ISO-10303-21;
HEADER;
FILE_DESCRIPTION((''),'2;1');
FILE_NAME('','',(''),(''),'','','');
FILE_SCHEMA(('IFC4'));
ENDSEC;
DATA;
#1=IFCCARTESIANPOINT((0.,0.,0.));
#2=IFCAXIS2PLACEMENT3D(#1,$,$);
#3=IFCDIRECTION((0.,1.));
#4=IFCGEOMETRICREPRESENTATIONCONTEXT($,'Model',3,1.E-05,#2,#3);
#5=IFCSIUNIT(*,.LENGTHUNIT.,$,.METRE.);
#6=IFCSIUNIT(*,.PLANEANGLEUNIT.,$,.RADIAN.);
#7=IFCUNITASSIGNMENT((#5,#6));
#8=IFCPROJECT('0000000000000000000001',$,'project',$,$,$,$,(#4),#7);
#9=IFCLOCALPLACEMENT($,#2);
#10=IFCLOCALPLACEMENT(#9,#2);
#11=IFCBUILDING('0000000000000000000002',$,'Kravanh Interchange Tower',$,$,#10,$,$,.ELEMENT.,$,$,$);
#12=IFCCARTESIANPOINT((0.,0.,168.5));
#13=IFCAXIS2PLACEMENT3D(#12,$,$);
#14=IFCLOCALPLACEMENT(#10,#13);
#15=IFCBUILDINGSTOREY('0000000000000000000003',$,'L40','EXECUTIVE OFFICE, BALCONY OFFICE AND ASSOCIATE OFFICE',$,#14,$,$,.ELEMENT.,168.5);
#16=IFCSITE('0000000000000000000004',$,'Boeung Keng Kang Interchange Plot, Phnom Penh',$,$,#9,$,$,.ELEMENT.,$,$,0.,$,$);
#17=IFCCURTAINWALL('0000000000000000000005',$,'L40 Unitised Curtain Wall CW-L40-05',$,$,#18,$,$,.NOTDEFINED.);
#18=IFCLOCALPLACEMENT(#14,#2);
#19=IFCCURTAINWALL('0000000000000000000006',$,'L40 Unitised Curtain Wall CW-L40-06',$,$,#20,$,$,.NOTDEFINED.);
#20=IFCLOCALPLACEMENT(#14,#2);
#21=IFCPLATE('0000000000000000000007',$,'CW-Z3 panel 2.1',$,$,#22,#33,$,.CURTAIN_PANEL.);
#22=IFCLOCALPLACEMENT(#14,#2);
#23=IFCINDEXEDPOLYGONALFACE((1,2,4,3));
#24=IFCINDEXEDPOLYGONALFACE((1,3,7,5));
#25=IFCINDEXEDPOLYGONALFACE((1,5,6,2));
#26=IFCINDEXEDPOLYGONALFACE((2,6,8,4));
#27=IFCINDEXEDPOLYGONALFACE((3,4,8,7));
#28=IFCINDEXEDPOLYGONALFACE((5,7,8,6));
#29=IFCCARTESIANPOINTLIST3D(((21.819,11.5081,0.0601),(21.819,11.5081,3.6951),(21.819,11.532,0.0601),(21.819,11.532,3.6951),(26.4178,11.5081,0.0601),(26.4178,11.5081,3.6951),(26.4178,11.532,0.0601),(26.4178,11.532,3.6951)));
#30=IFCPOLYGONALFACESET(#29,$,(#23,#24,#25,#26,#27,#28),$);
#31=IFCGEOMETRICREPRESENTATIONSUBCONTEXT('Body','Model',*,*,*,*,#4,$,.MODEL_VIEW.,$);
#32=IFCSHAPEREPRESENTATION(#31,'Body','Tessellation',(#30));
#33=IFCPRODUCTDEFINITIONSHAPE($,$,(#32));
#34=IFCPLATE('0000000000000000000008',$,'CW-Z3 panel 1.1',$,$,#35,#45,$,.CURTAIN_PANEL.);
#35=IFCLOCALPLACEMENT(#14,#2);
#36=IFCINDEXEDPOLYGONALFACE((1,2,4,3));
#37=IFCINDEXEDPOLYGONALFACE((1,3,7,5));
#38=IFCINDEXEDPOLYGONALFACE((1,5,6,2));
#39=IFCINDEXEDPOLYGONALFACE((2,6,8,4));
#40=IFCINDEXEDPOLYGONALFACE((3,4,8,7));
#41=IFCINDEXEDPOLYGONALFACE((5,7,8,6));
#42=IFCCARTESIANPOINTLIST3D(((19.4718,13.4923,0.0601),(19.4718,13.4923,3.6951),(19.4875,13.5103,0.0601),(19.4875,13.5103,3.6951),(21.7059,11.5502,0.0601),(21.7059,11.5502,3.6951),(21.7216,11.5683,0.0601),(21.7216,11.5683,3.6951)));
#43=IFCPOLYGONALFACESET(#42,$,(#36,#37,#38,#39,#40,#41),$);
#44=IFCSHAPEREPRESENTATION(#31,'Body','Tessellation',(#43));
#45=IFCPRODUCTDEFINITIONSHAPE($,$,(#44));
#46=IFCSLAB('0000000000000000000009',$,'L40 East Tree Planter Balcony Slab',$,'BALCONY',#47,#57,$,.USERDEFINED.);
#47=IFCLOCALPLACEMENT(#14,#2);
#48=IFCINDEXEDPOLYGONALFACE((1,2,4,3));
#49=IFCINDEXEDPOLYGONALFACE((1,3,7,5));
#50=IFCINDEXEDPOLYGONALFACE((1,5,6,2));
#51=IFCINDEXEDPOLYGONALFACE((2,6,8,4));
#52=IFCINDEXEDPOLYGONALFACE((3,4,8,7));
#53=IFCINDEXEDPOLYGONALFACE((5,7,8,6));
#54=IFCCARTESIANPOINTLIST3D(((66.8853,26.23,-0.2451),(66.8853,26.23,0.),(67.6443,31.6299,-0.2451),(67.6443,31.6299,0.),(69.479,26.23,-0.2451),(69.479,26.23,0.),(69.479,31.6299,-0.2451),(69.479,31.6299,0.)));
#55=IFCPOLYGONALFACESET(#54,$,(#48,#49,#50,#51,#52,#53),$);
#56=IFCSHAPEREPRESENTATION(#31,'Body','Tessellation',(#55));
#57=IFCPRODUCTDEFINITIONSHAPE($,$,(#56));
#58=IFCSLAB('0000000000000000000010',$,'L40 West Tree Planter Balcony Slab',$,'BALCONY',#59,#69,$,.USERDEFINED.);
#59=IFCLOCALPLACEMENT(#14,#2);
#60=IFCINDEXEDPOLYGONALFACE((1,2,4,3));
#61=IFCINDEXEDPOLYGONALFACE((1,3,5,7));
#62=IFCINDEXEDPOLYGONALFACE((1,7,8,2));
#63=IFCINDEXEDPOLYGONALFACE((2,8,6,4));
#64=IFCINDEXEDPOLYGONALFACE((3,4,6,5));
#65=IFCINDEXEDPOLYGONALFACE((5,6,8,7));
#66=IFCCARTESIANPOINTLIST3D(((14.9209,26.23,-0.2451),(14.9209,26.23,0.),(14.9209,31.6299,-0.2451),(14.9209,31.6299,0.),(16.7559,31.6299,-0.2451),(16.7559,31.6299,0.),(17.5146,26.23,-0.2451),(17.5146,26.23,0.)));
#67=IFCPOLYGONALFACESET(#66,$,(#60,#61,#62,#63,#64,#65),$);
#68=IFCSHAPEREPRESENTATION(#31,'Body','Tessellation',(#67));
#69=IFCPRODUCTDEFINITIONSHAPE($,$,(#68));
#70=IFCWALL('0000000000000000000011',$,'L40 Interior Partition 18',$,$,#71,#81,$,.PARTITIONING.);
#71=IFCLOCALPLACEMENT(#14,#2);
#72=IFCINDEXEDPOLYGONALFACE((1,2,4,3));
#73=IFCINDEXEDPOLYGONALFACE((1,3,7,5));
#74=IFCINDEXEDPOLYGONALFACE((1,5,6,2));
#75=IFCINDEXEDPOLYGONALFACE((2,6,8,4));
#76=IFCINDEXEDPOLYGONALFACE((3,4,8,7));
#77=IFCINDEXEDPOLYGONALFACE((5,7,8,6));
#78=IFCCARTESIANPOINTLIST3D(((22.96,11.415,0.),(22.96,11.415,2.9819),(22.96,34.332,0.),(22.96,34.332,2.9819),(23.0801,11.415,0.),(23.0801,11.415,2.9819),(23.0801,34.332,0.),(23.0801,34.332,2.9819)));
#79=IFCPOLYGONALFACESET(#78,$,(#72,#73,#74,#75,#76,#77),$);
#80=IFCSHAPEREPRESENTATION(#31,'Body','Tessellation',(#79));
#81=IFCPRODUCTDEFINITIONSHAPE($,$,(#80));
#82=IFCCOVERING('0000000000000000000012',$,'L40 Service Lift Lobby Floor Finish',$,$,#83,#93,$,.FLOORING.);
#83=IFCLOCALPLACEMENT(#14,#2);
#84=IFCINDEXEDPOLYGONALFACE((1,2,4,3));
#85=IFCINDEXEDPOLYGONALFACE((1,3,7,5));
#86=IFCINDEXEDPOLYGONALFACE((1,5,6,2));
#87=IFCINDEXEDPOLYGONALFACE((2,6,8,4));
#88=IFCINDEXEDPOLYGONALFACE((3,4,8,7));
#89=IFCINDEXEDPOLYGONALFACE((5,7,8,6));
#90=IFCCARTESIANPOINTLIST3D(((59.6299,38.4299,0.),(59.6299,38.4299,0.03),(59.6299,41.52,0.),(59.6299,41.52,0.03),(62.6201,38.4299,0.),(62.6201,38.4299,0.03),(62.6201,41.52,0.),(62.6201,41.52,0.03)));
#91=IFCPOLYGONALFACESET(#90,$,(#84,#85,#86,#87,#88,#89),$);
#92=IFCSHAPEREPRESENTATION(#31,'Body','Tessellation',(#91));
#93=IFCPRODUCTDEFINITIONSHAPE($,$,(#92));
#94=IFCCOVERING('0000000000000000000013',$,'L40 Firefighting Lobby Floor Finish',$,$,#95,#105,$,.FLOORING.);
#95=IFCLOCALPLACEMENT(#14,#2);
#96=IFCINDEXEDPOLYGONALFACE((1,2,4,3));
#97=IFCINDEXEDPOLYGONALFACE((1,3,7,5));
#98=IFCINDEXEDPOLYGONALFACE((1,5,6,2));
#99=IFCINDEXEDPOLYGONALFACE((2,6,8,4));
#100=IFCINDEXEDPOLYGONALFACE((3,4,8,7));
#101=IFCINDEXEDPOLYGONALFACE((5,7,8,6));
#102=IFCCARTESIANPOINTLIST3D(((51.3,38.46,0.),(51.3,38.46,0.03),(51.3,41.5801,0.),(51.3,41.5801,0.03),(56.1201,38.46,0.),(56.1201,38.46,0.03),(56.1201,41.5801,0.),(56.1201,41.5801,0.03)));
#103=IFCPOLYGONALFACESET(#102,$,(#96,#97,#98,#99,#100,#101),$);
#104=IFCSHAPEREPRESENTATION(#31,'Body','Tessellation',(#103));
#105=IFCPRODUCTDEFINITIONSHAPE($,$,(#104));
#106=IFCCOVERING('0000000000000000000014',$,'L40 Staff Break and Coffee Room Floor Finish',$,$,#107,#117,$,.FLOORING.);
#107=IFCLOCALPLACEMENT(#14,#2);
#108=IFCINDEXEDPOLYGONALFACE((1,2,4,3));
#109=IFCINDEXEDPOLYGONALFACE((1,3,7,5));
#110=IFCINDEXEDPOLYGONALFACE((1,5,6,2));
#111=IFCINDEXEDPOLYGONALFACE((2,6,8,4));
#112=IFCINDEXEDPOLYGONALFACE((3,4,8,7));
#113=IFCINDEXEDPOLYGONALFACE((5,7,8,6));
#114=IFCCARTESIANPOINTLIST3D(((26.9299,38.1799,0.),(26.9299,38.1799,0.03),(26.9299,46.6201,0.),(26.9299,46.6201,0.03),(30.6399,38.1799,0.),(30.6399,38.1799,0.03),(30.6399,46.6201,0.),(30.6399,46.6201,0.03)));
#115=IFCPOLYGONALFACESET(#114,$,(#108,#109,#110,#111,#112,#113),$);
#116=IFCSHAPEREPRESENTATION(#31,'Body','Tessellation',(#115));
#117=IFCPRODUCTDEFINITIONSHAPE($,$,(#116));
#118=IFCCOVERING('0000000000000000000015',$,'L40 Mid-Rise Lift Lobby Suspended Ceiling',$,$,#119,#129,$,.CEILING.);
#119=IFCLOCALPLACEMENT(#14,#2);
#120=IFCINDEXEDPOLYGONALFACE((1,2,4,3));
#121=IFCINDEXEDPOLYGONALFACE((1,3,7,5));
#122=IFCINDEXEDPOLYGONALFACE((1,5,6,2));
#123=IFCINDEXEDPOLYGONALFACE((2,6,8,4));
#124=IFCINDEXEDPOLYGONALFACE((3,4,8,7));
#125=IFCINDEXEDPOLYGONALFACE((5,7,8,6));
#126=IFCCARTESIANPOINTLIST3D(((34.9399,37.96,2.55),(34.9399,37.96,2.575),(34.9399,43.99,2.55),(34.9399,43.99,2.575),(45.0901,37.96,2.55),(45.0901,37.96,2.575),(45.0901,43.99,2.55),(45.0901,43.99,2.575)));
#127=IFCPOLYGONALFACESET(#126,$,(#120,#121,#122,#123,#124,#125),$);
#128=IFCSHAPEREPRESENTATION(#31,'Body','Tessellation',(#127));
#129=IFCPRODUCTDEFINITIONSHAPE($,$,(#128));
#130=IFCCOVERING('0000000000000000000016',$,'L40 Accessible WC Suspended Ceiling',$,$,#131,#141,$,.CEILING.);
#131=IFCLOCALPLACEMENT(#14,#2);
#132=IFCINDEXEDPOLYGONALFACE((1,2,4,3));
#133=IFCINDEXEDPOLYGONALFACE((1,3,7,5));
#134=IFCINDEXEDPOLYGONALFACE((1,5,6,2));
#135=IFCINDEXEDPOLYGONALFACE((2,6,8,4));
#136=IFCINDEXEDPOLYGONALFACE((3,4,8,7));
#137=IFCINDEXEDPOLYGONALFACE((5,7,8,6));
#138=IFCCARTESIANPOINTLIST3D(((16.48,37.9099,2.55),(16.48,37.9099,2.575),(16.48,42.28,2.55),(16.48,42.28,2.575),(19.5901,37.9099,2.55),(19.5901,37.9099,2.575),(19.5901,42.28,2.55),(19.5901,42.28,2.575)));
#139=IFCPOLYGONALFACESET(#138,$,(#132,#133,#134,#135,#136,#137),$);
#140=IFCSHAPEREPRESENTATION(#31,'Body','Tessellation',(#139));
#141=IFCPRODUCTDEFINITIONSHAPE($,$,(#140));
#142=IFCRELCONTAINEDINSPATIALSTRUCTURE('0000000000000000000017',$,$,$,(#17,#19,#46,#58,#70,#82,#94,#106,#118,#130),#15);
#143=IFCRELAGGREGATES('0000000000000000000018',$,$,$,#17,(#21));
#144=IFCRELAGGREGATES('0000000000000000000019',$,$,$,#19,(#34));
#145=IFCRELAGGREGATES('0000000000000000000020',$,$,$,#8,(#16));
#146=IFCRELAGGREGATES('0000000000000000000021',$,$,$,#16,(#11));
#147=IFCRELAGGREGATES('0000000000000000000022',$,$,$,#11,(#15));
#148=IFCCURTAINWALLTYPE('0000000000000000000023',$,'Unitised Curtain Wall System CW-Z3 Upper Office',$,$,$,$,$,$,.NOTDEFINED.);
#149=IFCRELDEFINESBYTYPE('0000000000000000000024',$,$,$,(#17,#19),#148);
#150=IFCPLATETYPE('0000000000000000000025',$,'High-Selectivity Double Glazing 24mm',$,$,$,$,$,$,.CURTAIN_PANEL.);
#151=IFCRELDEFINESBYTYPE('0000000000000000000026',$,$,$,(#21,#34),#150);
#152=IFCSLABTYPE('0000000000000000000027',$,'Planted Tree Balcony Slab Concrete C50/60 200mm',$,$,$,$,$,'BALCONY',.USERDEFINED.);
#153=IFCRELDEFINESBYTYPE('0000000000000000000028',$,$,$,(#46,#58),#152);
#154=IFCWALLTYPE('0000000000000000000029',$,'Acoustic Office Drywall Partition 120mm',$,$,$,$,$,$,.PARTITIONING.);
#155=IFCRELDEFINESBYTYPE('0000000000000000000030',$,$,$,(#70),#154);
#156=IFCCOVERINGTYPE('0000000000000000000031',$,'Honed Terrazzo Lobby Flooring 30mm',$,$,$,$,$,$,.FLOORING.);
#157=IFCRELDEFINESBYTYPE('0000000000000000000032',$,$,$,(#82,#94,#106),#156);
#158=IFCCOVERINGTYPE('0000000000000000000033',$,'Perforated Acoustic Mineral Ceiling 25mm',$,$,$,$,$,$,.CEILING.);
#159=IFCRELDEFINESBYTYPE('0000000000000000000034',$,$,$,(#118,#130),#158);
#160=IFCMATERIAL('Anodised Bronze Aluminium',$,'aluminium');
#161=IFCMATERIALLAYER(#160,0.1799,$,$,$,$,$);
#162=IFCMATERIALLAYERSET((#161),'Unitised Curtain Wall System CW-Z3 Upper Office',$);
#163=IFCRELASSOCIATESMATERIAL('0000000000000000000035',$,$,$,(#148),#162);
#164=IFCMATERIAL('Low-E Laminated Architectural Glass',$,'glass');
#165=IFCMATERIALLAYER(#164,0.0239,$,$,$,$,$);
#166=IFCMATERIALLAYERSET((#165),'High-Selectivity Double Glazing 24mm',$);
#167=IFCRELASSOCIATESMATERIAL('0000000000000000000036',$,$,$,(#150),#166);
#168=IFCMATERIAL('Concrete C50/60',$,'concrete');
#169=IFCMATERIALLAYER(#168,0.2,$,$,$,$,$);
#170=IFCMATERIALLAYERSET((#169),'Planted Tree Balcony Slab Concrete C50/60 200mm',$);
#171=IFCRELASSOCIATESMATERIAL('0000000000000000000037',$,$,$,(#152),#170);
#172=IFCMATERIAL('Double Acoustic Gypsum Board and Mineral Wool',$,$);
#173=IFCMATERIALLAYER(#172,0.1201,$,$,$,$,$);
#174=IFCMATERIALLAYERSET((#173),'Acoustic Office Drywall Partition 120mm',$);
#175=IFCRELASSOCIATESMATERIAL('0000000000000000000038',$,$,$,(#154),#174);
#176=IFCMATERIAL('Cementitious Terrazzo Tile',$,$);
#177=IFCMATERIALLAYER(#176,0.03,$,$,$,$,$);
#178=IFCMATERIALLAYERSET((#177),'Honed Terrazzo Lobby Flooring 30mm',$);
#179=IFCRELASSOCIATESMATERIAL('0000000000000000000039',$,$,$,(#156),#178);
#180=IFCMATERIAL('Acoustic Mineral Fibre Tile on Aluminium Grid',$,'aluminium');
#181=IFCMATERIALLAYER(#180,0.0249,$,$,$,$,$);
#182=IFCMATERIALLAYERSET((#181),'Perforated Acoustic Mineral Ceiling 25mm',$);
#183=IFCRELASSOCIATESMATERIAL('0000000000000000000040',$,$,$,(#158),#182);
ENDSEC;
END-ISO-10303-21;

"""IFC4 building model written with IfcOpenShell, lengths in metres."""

from ifc_helpers import new_model, si_unit, direction, frame, frame_2d, origin, origin_2d, place, context, subcontext, project, spatial, polyline, rectangle, outline, extrude, material, layer, layer_set, type_object, element, aggregate, save


model = new_model("IFC4")

# Units and contexts
model_context = context("Model", 3, precision=1e-05, world=origin(), true_north=direction((0.0, 1.0)))
body_context = subcontext(model_context, "Body", "Model", "MODEL_VIEW")
ifc_project = project(units=[si_unit("LENGTHUNIT", "METRE"), si_unit("PLANEANGLEUNIT", "RADIAN")], contexts=[model_context])

# Site, building, storey
site_placement = place(None, origin())
site = spatial("IfcSite", under=ifc_project, at=site_placement, Name="Boeung Keng Kang Interchange Plot, Phnom Penh", CompositionType="ELEMENT", RefElevation=0.0)
building_placement = place(site_placement, origin())
building = spatial("IfcBuilding", under=site, at=building_placement, Name="Kravanh Interchange Tower", CompositionType="ELEMENT")
storey_placement = place(building_placement, frame((0.0, 0.0, 168.5)))
storey = spatial("IfcBuildingStorey", under=building, at=storey_placement, Name="L40", Description="EXECUTIVE OFFICE, BALCONY OFFICE AND ASSOCIATE OFFICE", CompositionType="ELEMENT", Elevation=168.5)

# Curtain wall
ifc_material_1 = material(Name="Anodised Bronze Aluminium", Category="aluminium")
ifc_layer_1 = layer(ifc_material_1, 0.1799)
ifc_layer_set_1 = layer_set([ifc_layer_1], Name="Unitised Curtain Wall System CW-Z3 Upper Office")
curtain_wall_type = type_object("IfcCurtainWallType", Name="Unitised Curtain Wall System CW-Z3 Upper Office", PredefinedType="NOTDEFINED", material=ifc_layer_set_1)
curtain_wall_1_placement = place(storey_placement, origin())
curtain_wall_1 = element("IfcCurtainWall", 1, at=curtain_wall_1_placement, inside=storey, type_object=curtain_wall_type, Name="L40 Unitised Curtain Wall CW-L40-05", PredefinedType="NOTDEFINED")

# Curtain wall
curtain_wall_2_placement = place(storey_placement, origin())
curtain_wall_2 = element("IfcCurtainWall", 2, at=curtain_wall_2_placement, inside=storey, type_object=curtain_wall_type, Name="L40 Unitised Curtain Wall CW-L40-06", PredefinedType="NOTDEFINED")

# Plates
ifc_material_2 = material(Name="Low-E Laminated Architectural Glass", Category="glass")
ifc_layer_2 = layer(ifc_material_2, 0.0239)
ifc_layer_set_2 = layer_set([ifc_layer_2], Name="High-Selectivity Double Glazing 24mm")
plate_type = type_object("IfcPlateType", Name="High-Selectivity Double Glazing 24mm", PredefinedType="CURTAIN_PANEL", material=ifc_layer_set_2)
plate_1_placement = place(storey_placement, frame((24.1184, 11.52, 0.0601), z_axis=(0.0, 0.0, 1.0), x_axis=(-1.0, 0.0, 0.0)))
plate_1 = element("IfcPlate", 3, at=plate_1_placement, type_object=plate_type, Name="CW-Z3 panel 2.1", PredefinedType="CURTAIN_PANEL", context=body_context, shape_type="SweptSolid", body=[
    extrude(rectangle(XDim=4.5989, YDim=0.0239, at=origin_2d()), origin(), (0.0, 0.0, 1.0), 3.635),
])
aggregate(curtain_wall_1, [plate_1])
plate_2_placement = place(storey_placement, frame((20.5967, 12.5303, 0.0601), z_axis=(0.0, 0.0, 1.0), x_axis=(-0.754717, 0.656051, 0.0)))
plate_2 = element("IfcPlate", 4, at=plate_2_placement, type_object=plate_type, Name="CW-Z3 panel 1.1", PredefinedType="CURTAIN_PANEL", context=body_context, shape_type="SweptSolid", body=[
    extrude(rectangle(XDim=2.9602, YDim=0.0239, at=origin_2d()), origin(), (0.0, 0.0, 1.0), 3.635),
])
aggregate(curtain_wall_2, [plate_2])

# Slabs
ifc_material_3 = material(Name="Concrete C50/60", Category="concrete")
ifc_layer_3 = layer(ifc_material_3, 0.2)
ifc_layer_set_3 = layer_set([ifc_layer_3], Name="Planted Tree Balcony Slab Concrete C50/60 200mm")
slab_type_1 = type_object("IfcSlabType", Name="Planted Tree Balcony Slab Concrete C50/60 200mm", ElementType="BALCONY", PredefinedType="USERDEFINED", material=ifc_layer_set_3)
slab_1_placement = place(storey_placement, frame((0.0, 0.0, -0.2451)))
element("IfcSlab", 5, at=slab_1_placement, inside=storey, type_object=slab_type_1, Name="L40 East Tree Planter Balcony Slab", ObjectType="BALCONY", PredefinedType="USERDEFINED", context=body_context, shape_type="SweptSolid", body=[
    extrude(outline(polyline([(69.479, 31.6299), (69.479, 26.23), (66.8853, 26.23), (67.6443, 31.6299), (69.479, 31.6299)])), origin(), (0.0, 0.0, 1.0), 0.2451),
])
slab_2_placement = place(storey_placement, frame((0.0, 0.0, -0.2451)))
element("IfcSlab", 6, at=slab_2_placement, inside=storey, type_object=slab_type_1, Name="L40 West Tree Planter Balcony Slab", ObjectType="BALCONY", PredefinedType="USERDEFINED", context=body_context, shape_type="SweptSolid", body=[
    extrude(outline(polyline([(14.9209, 26.23), (14.9209, 31.6299), (16.7559, 31.6299), (17.5146, 26.23), (14.9209, 26.23)])), origin(), (0.0, 0.0, 1.0), 0.2451),
])

# Wall
ifc_material_4 = material(Name="Double Acoustic Gypsum Board and Mineral Wool")
ifc_layer_4 = layer(ifc_material_4, 0.1201)
ifc_layer_set_4 = layer_set([ifc_layer_4], Name="Acoustic Office Drywall Partition 120mm")
wall_type = type_object("IfcWallType", Name="Acoustic Office Drywall Partition 120mm", PredefinedType="PARTITIONING", material=ifc_layer_set_4)
wall_placement = place(storey_placement, frame((23.02, 11.415, 0.0), z_axis=(0.0, 0.0, 1.0), x_axis=(0.0, 1.0, 0.0)))
element("IfcWall", 7, at=wall_placement, inside=storey, type_object=wall_type, Name="L40 Interior Partition 18", PredefinedType="PARTITIONING", context=body_context, shape_type="SweptSolid", body=[
    extrude(rectangle(XDim=22.917, YDim=0.1201, at=frame_2d((11.4585, 0.0))), origin(), (0.0, 0.0, 1.0), 2.9819),
])

# Coverings
ifc_material_5 = material(Name="Cementitious Terrazzo Tile")
ifc_layer_5 = layer(ifc_material_5, 0.03)
ifc_layer_set_5 = layer_set([ifc_layer_5], Name="Honed Terrazzo Lobby Flooring 30mm")
covering_type_1 = type_object("IfcCoveringType", Name="Honed Terrazzo Lobby Flooring 30mm", PredefinedType="FLOORING", material=ifc_layer_set_5)
covering_1_placement = place(storey_placement, origin())
element("IfcCovering", 8, at=covering_1_placement, inside=storey, type_object=covering_type_1, Name="L40 Service Lift Lobby Floor Finish", PredefinedType="FLOORING", context=body_context, shape_type="SweptSolid", body=[
    extrude(outline(polyline([(59.6299, 41.52), (62.6201, 41.52), (62.6201, 38.4299), (59.6299, 38.4299), (59.6299, 41.52)])), origin(), (0.0, 0.0, 1.0), 0.03),
])
covering_2_placement = place(storey_placement, origin())
element("IfcCovering", 9, at=covering_2_placement, inside=storey, type_object=covering_type_1, Name="L40 Firefighting Lobby Floor Finish", PredefinedType="FLOORING", context=body_context, shape_type="SweptSolid", body=[
    extrude(outline(polyline([(56.1201, 38.46), (51.3, 38.46), (51.3, 41.5801), (56.1201, 41.5801), (56.1201, 38.46)])), origin(), (0.0, 0.0, 1.0), 0.03),
])
covering_3_placement = place(storey_placement, origin())
element("IfcCovering", 10, at=covering_3_placement, inside=storey, type_object=covering_type_1, Name="L40 Staff Break and Coffee Room Floor Finish", PredefinedType="FLOORING", context=body_context, shape_type="SweptSolid", body=[
    extrude(outline(polyline([(26.9299, 46.6201), (30.6399, 46.6201), (30.6399, 38.1799), (26.9299, 38.1799), (26.9299, 46.6201)])), origin(), (0.0, 0.0, 1.0), 0.03),
])
ifc_material_6 = material(Name="Acoustic Mineral Fibre Tile on Aluminium Grid", Category="aluminium")
ifc_layer_6 = layer(ifc_material_6, 0.0249)
ifc_layer_set_6 = layer_set([ifc_layer_6], Name="Perforated Acoustic Mineral Ceiling 25mm")
covering_type_2 = type_object("IfcCoveringType", Name="Perforated Acoustic Mineral Ceiling 25mm", PredefinedType="CEILING", material=ifc_layer_set_6)
covering_4_placement = place(storey_placement, frame((0.0, 0.0, 2.55)))
element("IfcCovering", 11, at=covering_4_placement, inside=storey, type_object=covering_type_2, Name="L40 Mid-Rise Lift Lobby Suspended Ceiling", PredefinedType="CEILING", context=body_context, shape_type="SweptSolid", body=[
    extrude(outline(polyline([(45.0901, 37.96), (34.9399, 37.96), (34.9399, 43.99), (45.0901, 43.99), (45.0901, 37.96)])), origin(), (0.0, 0.0, 1.0), 0.0249),
])
covering_5_placement = place(storey_placement, frame((0.0, 0.0, 2.55)))
element("IfcCovering", 12, at=covering_5_placement, inside=storey, type_object=covering_type_2, Name="L40 Accessible WC Suspended Ceiling", PredefinedType="CEILING", context=body_context, shape_type="SweptSolid", body=[
    extrude(outline(polyline([(19.5901, 42.28), (19.5901, 37.9099), (16.48, 37.9099), (16.48, 42.28), (19.5901, 42.28)])), origin(), (0.0, 0.0, 1.0), 0.0249),
])

save(model, "model.ifc")
